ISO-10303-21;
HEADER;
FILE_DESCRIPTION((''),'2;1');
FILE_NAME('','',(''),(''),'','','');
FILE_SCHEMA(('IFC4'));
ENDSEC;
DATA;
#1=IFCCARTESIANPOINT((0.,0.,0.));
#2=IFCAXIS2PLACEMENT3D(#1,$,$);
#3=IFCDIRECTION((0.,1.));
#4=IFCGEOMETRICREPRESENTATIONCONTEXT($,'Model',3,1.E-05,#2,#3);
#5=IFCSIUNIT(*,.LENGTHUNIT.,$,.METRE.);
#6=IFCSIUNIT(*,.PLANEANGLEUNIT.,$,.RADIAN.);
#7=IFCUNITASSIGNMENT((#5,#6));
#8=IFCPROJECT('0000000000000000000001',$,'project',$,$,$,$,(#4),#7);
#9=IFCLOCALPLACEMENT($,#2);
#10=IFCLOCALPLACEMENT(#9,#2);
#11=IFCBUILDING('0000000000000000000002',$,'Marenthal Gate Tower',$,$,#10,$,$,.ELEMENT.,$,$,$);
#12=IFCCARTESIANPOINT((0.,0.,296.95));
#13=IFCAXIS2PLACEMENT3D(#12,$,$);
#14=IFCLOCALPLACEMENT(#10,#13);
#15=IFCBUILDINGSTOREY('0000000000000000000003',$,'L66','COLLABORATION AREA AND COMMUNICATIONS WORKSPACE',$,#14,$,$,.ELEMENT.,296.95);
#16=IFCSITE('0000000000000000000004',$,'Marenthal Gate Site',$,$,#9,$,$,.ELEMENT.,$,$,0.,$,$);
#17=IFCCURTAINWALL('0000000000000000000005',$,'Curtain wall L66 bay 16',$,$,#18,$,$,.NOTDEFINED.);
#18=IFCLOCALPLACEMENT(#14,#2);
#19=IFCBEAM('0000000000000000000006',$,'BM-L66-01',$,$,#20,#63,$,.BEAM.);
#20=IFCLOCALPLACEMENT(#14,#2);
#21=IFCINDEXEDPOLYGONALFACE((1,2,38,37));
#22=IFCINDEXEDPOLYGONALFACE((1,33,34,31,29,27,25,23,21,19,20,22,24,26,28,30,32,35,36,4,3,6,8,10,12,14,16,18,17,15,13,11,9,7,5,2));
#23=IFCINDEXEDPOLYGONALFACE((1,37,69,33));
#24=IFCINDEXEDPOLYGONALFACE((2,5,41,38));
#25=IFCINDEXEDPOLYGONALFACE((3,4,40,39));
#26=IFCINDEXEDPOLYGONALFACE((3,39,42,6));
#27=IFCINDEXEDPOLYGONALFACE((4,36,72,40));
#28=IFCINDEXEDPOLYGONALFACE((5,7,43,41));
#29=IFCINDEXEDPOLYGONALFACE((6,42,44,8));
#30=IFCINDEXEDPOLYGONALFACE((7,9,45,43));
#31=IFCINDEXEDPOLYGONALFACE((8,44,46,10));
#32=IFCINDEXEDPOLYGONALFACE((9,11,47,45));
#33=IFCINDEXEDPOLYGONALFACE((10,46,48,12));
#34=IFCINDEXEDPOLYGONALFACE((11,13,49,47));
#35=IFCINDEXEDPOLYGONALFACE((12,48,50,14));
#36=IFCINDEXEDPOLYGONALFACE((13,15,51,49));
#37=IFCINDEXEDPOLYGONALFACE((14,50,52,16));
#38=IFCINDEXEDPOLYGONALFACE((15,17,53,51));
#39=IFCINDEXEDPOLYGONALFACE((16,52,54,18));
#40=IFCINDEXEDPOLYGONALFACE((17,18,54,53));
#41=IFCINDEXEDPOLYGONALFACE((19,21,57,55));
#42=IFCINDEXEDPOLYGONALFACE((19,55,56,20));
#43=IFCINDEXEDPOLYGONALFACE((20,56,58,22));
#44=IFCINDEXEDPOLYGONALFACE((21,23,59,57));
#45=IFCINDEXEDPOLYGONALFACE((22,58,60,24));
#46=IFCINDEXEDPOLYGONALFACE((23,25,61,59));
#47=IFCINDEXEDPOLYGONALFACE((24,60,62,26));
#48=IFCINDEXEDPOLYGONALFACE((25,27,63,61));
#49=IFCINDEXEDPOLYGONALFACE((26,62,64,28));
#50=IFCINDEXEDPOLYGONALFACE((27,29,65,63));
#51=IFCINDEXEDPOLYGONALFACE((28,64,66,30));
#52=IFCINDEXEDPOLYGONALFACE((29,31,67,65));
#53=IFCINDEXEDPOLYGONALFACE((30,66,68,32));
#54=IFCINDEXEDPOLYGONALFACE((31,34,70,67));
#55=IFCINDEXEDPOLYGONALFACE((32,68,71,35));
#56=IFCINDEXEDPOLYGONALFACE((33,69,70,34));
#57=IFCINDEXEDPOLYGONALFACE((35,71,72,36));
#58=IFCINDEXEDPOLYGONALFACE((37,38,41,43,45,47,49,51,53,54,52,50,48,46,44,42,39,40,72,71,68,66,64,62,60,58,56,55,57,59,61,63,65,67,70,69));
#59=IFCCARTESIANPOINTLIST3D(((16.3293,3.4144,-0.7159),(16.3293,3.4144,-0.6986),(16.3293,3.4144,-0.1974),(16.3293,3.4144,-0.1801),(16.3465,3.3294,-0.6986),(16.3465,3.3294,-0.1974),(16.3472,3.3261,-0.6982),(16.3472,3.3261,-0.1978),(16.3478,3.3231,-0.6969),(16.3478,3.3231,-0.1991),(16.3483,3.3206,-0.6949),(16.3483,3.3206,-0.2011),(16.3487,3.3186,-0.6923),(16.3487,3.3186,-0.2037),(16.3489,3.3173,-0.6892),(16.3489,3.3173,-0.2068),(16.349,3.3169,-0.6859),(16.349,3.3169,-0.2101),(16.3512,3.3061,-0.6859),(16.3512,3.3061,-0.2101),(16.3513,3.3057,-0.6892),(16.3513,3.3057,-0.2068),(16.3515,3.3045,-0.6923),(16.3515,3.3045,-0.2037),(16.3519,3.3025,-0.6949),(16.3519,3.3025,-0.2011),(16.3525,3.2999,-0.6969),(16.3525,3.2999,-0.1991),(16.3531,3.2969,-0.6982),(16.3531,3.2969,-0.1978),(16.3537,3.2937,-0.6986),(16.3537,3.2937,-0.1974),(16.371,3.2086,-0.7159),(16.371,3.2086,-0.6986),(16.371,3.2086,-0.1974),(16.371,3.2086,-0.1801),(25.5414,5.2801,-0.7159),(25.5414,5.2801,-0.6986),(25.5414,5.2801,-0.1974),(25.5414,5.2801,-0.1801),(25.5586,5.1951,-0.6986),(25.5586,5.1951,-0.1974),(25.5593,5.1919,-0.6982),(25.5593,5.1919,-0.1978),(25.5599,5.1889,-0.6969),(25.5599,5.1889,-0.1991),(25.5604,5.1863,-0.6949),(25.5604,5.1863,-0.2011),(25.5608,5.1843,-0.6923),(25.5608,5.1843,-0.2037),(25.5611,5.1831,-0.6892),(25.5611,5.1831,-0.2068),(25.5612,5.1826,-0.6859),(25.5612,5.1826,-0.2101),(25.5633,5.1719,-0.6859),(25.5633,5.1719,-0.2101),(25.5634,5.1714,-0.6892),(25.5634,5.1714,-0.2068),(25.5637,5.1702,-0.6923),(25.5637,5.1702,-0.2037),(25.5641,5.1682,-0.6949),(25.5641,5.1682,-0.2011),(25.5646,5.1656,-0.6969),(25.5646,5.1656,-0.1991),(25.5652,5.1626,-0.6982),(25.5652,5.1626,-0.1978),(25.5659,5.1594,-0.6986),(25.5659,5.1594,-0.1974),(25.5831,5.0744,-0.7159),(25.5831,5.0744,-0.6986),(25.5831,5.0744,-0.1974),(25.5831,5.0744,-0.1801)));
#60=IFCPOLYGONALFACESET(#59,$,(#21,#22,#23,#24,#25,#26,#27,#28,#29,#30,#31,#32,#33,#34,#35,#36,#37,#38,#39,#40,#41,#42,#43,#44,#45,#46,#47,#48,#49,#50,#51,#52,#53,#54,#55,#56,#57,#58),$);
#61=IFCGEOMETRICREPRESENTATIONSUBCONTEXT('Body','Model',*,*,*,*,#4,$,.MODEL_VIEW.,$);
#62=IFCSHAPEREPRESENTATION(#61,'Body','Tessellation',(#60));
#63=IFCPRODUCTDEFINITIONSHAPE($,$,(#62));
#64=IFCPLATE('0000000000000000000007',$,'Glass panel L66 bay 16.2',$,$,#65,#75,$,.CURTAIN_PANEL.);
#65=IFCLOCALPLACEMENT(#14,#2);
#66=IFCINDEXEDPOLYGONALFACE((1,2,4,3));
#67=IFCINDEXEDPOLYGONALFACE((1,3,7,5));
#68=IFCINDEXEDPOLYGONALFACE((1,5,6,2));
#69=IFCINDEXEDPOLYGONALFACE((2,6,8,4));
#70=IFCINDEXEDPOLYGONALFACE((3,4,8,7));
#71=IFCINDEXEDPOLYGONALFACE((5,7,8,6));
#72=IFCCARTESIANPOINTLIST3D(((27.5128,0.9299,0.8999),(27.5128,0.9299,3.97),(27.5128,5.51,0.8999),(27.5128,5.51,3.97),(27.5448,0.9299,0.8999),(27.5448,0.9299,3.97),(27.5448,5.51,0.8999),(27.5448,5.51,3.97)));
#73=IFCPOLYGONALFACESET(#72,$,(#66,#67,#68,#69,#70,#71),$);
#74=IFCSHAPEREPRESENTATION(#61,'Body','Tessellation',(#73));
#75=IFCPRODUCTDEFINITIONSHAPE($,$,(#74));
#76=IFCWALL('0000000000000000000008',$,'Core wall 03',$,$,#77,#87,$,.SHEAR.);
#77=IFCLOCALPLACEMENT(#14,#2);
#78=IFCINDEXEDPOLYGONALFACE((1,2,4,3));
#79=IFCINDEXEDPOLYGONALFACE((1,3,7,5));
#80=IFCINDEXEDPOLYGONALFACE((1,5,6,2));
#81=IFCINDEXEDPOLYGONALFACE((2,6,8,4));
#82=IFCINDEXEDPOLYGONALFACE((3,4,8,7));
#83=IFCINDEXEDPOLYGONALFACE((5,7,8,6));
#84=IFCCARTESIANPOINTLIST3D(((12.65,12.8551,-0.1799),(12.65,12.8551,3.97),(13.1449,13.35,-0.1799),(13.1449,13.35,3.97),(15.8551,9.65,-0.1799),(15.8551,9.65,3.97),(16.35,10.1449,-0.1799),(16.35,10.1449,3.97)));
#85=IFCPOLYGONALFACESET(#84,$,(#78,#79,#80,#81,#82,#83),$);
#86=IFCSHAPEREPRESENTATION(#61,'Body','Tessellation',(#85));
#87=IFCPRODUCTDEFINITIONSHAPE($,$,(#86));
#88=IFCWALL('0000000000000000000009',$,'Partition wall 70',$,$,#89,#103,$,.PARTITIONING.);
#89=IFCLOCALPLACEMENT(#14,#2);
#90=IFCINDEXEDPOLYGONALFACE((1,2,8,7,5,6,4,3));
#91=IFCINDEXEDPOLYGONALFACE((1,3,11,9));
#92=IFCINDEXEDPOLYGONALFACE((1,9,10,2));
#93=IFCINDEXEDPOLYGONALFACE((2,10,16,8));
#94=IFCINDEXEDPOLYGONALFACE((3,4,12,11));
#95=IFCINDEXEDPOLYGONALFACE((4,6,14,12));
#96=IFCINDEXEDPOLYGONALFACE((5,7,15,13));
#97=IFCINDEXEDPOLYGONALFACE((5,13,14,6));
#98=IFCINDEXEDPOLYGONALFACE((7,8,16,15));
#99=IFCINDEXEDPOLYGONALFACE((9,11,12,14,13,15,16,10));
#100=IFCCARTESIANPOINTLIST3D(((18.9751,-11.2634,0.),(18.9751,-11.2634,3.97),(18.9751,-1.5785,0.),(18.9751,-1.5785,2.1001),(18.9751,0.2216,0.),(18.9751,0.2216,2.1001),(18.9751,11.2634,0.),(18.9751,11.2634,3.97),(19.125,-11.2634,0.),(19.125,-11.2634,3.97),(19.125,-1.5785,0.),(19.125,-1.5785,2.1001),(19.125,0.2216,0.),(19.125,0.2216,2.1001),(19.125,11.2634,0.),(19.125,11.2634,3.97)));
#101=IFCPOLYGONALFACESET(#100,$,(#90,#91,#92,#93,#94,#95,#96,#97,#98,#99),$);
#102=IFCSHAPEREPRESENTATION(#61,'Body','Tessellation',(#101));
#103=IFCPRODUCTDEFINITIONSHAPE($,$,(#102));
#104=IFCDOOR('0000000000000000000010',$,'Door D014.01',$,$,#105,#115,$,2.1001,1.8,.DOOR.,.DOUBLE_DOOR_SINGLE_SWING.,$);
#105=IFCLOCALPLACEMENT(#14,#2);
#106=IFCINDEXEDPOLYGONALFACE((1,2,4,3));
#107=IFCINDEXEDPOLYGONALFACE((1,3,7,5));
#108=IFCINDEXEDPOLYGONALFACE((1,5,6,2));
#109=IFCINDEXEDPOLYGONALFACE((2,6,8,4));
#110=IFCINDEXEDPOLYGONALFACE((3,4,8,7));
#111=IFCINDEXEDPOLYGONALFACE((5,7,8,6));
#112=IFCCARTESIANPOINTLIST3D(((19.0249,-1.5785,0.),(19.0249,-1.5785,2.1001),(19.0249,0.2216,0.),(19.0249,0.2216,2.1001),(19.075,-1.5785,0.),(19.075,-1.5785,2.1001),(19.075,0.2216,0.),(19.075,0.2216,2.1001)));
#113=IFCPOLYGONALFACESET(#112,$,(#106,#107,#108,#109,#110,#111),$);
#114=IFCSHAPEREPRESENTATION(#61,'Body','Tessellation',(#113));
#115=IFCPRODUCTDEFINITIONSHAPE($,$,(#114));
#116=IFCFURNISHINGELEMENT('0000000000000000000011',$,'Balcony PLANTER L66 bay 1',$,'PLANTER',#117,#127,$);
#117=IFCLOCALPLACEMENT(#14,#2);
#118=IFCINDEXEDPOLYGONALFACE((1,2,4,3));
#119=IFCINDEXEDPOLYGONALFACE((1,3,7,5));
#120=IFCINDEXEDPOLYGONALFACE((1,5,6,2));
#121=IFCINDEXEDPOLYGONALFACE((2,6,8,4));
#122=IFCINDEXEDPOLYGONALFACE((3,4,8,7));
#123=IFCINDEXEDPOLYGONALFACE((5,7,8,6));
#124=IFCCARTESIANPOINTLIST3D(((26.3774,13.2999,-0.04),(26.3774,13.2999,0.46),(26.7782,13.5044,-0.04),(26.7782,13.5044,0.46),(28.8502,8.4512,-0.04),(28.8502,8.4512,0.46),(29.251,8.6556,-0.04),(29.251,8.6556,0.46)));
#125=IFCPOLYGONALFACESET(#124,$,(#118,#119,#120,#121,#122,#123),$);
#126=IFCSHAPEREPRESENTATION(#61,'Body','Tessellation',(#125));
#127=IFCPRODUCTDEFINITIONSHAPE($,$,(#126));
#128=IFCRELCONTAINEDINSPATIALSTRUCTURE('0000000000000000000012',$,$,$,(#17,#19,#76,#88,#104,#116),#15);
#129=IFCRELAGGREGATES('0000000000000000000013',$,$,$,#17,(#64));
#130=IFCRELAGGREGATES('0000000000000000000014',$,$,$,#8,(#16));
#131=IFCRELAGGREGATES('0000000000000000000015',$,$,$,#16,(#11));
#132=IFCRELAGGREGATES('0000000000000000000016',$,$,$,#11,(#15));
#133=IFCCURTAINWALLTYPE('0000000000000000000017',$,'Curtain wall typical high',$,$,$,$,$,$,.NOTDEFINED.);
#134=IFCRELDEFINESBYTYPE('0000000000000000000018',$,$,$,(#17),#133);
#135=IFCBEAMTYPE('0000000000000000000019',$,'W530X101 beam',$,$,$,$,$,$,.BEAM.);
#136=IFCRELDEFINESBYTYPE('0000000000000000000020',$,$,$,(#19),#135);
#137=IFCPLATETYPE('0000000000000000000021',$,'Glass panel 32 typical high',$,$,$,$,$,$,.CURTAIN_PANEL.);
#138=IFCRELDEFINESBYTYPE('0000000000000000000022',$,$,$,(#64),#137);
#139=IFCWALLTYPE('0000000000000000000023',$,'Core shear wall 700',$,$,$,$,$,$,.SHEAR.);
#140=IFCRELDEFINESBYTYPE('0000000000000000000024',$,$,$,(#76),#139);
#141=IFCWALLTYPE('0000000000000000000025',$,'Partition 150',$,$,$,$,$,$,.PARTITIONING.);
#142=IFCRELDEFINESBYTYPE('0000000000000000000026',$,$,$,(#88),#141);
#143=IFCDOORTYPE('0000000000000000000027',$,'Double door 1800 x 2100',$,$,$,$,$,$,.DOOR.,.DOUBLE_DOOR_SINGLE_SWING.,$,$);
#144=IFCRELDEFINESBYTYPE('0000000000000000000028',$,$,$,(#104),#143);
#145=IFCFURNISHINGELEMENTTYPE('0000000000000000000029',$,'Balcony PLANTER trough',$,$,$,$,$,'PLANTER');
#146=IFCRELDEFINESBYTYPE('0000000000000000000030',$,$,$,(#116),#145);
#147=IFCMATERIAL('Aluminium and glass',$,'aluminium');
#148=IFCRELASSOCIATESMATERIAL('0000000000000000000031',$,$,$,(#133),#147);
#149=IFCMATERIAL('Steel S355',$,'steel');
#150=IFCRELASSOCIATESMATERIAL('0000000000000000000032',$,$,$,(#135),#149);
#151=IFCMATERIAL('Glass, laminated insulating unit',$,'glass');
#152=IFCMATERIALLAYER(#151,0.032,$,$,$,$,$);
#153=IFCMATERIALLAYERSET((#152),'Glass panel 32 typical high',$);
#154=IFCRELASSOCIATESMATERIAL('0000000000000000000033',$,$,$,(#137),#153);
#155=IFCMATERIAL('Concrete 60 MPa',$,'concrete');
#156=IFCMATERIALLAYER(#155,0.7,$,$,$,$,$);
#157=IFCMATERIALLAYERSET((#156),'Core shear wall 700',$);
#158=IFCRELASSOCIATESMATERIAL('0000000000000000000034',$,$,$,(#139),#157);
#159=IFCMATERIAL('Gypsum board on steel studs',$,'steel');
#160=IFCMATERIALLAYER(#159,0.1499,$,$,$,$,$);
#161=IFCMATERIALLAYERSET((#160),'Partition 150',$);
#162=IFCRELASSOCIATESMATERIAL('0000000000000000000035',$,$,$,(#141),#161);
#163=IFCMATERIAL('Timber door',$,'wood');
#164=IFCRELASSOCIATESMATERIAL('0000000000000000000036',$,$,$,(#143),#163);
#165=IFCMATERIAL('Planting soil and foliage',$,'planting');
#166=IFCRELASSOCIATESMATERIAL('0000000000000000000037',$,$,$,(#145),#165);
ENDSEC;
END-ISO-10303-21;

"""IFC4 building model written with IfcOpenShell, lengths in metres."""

from ifc_helpers import new_model, si_unit, direction, frame, frame_2d, origin, origin_2d, place, context, subcontext, project, spatial, rectangle, i_section, extrude, material, layer, layer_set, material_profile, profile_set, type_object, element, fill, aggregate, save


model = new_model("IFC4")

# Units and contexts
model_context = context("Model", 3, precision=1e-05, world=origin(), true_north=direction((0.0, 1.0)))
body_context = subcontext(model_context, "Body", "Model", "MODEL_VIEW")
ifc_project = project(units=[si_unit("LENGTHUNIT", "METRE"), si_unit("PLANEANGLEUNIT", "RADIAN")], contexts=[model_context])

# Site, building, storey
site_placement = place(None, origin())
site = spatial("IfcSite", under=ifc_project, at=site_placement, Name="Marenthal Gate Site", CompositionType="ELEMENT", RefElevation=0.0)
building_placement = place(site_placement, origin())
building = spatial("IfcBuilding", under=site, at=building_placement, Name="Marenthal Gate Tower", CompositionType="ELEMENT")
storey_placement = place(building_placement, frame((0.0, 0.0, 296.95)))
storey = spatial("IfcBuildingStorey", under=building, at=storey_placement, Name="L66", Description="COLLABORATION AREA AND COMMUNICATIONS WORKSPACE", CompositionType="ELEMENT", Elevation=296.95)

# Curtain wall
ifc_material_1 = material(Name="Aluminium and glass", Category="aluminium")
curtain_wall_type = type_object("IfcCurtainWallType", Name="Curtain wall typical high", PredefinedType="NOTDEFINED", material=ifc_material_1)
curtain_wall_placement = place(storey_placement, origin())
curtain_wall = element("IfcCurtainWall", 1, at=curtain_wall_placement, inside=storey, type_object=curtain_wall_type, Name="Curtain wall L66 bay 16", PredefinedType="NOTDEFINED")

# Beam
ifc_material_2 = material(Name="Steel S355", Category="steel")
ifc_material_profile_1 = material_profile(ifc_material_2, i_section(OverallWidth=0.21, OverallDepth=0.5359, WebThickness=0.011, FlangeThickness=0.0173, FilletRadius=0.0127, at=origin_2d()), Name="W530X101")
ifc_profile_set_1 = profile_set([ifc_material_profile_1], Name="Steel S355")
beam_type_1 = type_object("IfcBeamType", Name="W530X101 beam", PredefinedType="BEAM", material=ifc_profile_set_1)
beam_1_placement = place(storey_placement, frame((25.5623, 5.1772, -0.448), z_axis=(-0.980101, -0.198498, 0.0), x_axis=(0.198498, -0.980101, 0.0)))
element("IfcBeam", 2, at=beam_1_placement, inside=storey, type_object=beam_type_1, Name="BM-L66-01", PredefinedType="BEAM", context=body_context, shape_type="SweptSolid", body=[
    extrude(i_section(OverallWidth=0.21, OverallDepth=0.5359, WebThickness=0.011, FlangeThickness=0.0173, FilletRadius=0.0127, at=origin_2d()), origin(), (0.0, 0.0, 1.0), 9.3992),
])

# Plate
ifc_material_3 = material(Name="Glass, laminated insulating unit", Category="glass")
ifc_layer_1 = layer(ifc_material_3, 0.032)
ifc_layer_set_1 = layer_set([ifc_layer_1], Name="Glass panel 32 typical high")
plate_type = type_object("IfcPlateType", Name="Glass panel 32 typical high", PredefinedType="CURTAIN_PANEL", material=ifc_layer_set_1)
plate_placement = place(storey_placement, frame((27.5288, 3.22, 0.8999), z_axis=(0.0, 0.0, 1.0), x_axis=(0.0, 1.0, 0.0)))
plate = element("IfcPlate", 3, at=plate_placement, type_object=plate_type, Name="Glass panel L66 bay 16.2", PredefinedType="CURTAIN_PANEL", context=body_context, shape_type="SweptSolid", body=[
    extrude(rectangle(XDim=4.5801, YDim=0.032, at=origin_2d()), origin(), (0.0, 0.0, 1.0), 3.0701),
])
aggregate(curtain_wall, [plate])

# Wall
ifc_material_4 = material(Name="Concrete 60 MPa", Category="concrete")
ifc_layer_2 = layer(ifc_material_4, 0.7)
ifc_layer_set_2 = layer_set([ifc_layer_2], Name="Core shear wall 700")
wall_type_1 = type_object("IfcWallType", Name="Core shear wall 700", PredefinedType="SHEAR", material=ifc_layer_set_2)
wall_1_placement = place(storey_placement, frame((16.1025, 9.8975, -0.1799), z_axis=(0.0, 0.0, 1.0), x_axis=(-0.707107, 0.707107, 0.0)))
element("IfcWall", 4, at=wall_1_placement, inside=storey, type_object=wall_type_1, Name="Core wall 03", PredefinedType="SHEAR", context=body_context, shape_type="SweptSolid", body=[
    extrude(rectangle(XDim=4.5327, YDim=0.7, at=frame_2d((2.2664, 0.0))), origin(), (0.0, 0.0, 1.0), 4.1499),
])

# Wall, opening, door
ifc_material_5 = material(Name="Gypsum board on steel studs", Category="steel")
ifc_layer_3 = layer(ifc_material_5, 0.1499)
ifc_layer_set_3 = layer_set([ifc_layer_3], Name="Partition 150")
wall_type_2 = type_object("IfcWallType", Name="Partition 150", PredefinedType="PARTITIONING", material=ifc_layer_set_3)
wall_2_placement = place(storey_placement, frame((19.05, 11.2634, 0.0), z_axis=(0.0, 0.0, 1.0), x_axis=(0.0, -1.0, 0.0)))
wall_2 = element("IfcWall", 5, at=wall_2_placement, inside=storey, type_object=wall_type_2, Name="Partition wall 70", PredefinedType="PARTITIONING", context=body_context, shape_type="SweptSolid", body=[
    extrude(rectangle(XDim=22.5269, YDim=0.1499, at=frame_2d((11.2634, 0.0))), origin(), (0.0, 0.0, 1.0), 3.97),
])
opening_1_placement = place(wall_2_placement, frame((11.042, 0.0, 0.0)))
opening_1 = element("IfcOpeningElement", 6, at=opening_1_placement, cuts=wall_2, PredefinedType="OPENING", context=body_context, shape_type="SweptSolid", body=[
    extrude(rectangle(XDim=1.8, YDim=2.1001, at=frame_2d((0.8999, 1.05))), frame((0.0, 0.085, 0.0), z_axis=(0.0, -1.0, 0.0), x_axis=(1.0, 0.0, 0.0)), (0.0, 0.0, 1.0), 0.1699),
])
ifc_material_6 = material(Name="Timber door", Category="wood")
door_type_1 = type_object("IfcDoorType", Name="Double door 1800 x 2100", OperationType="DOUBLE_DOOR_SINGLE_SWING", PredefinedType="DOOR", material=ifc_material_6)
door_1_placement = place(opening_1_placement, origin())
door_1 = element("IfcDoor", 7, at=door_1_placement, inside=storey, type_object=door_type_1, Name="Door D014.01", OperationType="DOUBLE_DOOR_SINGLE_SWING", OverallHeight=2.1001, OverallWidth=1.8, PredefinedType="DOOR", context=body_context, shape_type="SweptSolid", body=[
    extrude(rectangle(XDim=1.8, YDim=2.1001, at=frame_2d((0.8999, 1.05))), frame((0.0, 0.0249, 0.0), z_axis=(0.0, -1.0, 0.0), x_axis=(1.0, 0.0, 0.0)), (0.0, 0.0, 1.0), 0.05),
])
fill(opening_1, door_1)

# Furnishing element
ifc_material_7 = material(Name="Planting soil and foliage", Category="planting")
furnishing_element_type = type_object("IfcFurnishingElementType", Name="Balcony PLANTER trough", ElementType="PLANTER", material=ifc_material_7)
furnishing_placement = place(storey_placement, frame((27.8142, 10.9778, -0.04), z_axis=(0.0, 0.0, 1.0), x_axis=(-0.454321, 0.890838, 0.0)))
element("IfcFurnishingElement", 8, at=furnishing_placement, inside=storey, type_object=furnishing_element_type, Name="Balcony PLANTER L66 bay 1", ObjectType="PLANTER", context=body_context, shape_type="SweptSolid", body=[
    extrude(rectangle(XDim=5.4429, YDim=0.45, at=origin_2d()), origin(), (0.0, 0.0, 1.0), 0.5),
])

save(model, "model.ifc")
